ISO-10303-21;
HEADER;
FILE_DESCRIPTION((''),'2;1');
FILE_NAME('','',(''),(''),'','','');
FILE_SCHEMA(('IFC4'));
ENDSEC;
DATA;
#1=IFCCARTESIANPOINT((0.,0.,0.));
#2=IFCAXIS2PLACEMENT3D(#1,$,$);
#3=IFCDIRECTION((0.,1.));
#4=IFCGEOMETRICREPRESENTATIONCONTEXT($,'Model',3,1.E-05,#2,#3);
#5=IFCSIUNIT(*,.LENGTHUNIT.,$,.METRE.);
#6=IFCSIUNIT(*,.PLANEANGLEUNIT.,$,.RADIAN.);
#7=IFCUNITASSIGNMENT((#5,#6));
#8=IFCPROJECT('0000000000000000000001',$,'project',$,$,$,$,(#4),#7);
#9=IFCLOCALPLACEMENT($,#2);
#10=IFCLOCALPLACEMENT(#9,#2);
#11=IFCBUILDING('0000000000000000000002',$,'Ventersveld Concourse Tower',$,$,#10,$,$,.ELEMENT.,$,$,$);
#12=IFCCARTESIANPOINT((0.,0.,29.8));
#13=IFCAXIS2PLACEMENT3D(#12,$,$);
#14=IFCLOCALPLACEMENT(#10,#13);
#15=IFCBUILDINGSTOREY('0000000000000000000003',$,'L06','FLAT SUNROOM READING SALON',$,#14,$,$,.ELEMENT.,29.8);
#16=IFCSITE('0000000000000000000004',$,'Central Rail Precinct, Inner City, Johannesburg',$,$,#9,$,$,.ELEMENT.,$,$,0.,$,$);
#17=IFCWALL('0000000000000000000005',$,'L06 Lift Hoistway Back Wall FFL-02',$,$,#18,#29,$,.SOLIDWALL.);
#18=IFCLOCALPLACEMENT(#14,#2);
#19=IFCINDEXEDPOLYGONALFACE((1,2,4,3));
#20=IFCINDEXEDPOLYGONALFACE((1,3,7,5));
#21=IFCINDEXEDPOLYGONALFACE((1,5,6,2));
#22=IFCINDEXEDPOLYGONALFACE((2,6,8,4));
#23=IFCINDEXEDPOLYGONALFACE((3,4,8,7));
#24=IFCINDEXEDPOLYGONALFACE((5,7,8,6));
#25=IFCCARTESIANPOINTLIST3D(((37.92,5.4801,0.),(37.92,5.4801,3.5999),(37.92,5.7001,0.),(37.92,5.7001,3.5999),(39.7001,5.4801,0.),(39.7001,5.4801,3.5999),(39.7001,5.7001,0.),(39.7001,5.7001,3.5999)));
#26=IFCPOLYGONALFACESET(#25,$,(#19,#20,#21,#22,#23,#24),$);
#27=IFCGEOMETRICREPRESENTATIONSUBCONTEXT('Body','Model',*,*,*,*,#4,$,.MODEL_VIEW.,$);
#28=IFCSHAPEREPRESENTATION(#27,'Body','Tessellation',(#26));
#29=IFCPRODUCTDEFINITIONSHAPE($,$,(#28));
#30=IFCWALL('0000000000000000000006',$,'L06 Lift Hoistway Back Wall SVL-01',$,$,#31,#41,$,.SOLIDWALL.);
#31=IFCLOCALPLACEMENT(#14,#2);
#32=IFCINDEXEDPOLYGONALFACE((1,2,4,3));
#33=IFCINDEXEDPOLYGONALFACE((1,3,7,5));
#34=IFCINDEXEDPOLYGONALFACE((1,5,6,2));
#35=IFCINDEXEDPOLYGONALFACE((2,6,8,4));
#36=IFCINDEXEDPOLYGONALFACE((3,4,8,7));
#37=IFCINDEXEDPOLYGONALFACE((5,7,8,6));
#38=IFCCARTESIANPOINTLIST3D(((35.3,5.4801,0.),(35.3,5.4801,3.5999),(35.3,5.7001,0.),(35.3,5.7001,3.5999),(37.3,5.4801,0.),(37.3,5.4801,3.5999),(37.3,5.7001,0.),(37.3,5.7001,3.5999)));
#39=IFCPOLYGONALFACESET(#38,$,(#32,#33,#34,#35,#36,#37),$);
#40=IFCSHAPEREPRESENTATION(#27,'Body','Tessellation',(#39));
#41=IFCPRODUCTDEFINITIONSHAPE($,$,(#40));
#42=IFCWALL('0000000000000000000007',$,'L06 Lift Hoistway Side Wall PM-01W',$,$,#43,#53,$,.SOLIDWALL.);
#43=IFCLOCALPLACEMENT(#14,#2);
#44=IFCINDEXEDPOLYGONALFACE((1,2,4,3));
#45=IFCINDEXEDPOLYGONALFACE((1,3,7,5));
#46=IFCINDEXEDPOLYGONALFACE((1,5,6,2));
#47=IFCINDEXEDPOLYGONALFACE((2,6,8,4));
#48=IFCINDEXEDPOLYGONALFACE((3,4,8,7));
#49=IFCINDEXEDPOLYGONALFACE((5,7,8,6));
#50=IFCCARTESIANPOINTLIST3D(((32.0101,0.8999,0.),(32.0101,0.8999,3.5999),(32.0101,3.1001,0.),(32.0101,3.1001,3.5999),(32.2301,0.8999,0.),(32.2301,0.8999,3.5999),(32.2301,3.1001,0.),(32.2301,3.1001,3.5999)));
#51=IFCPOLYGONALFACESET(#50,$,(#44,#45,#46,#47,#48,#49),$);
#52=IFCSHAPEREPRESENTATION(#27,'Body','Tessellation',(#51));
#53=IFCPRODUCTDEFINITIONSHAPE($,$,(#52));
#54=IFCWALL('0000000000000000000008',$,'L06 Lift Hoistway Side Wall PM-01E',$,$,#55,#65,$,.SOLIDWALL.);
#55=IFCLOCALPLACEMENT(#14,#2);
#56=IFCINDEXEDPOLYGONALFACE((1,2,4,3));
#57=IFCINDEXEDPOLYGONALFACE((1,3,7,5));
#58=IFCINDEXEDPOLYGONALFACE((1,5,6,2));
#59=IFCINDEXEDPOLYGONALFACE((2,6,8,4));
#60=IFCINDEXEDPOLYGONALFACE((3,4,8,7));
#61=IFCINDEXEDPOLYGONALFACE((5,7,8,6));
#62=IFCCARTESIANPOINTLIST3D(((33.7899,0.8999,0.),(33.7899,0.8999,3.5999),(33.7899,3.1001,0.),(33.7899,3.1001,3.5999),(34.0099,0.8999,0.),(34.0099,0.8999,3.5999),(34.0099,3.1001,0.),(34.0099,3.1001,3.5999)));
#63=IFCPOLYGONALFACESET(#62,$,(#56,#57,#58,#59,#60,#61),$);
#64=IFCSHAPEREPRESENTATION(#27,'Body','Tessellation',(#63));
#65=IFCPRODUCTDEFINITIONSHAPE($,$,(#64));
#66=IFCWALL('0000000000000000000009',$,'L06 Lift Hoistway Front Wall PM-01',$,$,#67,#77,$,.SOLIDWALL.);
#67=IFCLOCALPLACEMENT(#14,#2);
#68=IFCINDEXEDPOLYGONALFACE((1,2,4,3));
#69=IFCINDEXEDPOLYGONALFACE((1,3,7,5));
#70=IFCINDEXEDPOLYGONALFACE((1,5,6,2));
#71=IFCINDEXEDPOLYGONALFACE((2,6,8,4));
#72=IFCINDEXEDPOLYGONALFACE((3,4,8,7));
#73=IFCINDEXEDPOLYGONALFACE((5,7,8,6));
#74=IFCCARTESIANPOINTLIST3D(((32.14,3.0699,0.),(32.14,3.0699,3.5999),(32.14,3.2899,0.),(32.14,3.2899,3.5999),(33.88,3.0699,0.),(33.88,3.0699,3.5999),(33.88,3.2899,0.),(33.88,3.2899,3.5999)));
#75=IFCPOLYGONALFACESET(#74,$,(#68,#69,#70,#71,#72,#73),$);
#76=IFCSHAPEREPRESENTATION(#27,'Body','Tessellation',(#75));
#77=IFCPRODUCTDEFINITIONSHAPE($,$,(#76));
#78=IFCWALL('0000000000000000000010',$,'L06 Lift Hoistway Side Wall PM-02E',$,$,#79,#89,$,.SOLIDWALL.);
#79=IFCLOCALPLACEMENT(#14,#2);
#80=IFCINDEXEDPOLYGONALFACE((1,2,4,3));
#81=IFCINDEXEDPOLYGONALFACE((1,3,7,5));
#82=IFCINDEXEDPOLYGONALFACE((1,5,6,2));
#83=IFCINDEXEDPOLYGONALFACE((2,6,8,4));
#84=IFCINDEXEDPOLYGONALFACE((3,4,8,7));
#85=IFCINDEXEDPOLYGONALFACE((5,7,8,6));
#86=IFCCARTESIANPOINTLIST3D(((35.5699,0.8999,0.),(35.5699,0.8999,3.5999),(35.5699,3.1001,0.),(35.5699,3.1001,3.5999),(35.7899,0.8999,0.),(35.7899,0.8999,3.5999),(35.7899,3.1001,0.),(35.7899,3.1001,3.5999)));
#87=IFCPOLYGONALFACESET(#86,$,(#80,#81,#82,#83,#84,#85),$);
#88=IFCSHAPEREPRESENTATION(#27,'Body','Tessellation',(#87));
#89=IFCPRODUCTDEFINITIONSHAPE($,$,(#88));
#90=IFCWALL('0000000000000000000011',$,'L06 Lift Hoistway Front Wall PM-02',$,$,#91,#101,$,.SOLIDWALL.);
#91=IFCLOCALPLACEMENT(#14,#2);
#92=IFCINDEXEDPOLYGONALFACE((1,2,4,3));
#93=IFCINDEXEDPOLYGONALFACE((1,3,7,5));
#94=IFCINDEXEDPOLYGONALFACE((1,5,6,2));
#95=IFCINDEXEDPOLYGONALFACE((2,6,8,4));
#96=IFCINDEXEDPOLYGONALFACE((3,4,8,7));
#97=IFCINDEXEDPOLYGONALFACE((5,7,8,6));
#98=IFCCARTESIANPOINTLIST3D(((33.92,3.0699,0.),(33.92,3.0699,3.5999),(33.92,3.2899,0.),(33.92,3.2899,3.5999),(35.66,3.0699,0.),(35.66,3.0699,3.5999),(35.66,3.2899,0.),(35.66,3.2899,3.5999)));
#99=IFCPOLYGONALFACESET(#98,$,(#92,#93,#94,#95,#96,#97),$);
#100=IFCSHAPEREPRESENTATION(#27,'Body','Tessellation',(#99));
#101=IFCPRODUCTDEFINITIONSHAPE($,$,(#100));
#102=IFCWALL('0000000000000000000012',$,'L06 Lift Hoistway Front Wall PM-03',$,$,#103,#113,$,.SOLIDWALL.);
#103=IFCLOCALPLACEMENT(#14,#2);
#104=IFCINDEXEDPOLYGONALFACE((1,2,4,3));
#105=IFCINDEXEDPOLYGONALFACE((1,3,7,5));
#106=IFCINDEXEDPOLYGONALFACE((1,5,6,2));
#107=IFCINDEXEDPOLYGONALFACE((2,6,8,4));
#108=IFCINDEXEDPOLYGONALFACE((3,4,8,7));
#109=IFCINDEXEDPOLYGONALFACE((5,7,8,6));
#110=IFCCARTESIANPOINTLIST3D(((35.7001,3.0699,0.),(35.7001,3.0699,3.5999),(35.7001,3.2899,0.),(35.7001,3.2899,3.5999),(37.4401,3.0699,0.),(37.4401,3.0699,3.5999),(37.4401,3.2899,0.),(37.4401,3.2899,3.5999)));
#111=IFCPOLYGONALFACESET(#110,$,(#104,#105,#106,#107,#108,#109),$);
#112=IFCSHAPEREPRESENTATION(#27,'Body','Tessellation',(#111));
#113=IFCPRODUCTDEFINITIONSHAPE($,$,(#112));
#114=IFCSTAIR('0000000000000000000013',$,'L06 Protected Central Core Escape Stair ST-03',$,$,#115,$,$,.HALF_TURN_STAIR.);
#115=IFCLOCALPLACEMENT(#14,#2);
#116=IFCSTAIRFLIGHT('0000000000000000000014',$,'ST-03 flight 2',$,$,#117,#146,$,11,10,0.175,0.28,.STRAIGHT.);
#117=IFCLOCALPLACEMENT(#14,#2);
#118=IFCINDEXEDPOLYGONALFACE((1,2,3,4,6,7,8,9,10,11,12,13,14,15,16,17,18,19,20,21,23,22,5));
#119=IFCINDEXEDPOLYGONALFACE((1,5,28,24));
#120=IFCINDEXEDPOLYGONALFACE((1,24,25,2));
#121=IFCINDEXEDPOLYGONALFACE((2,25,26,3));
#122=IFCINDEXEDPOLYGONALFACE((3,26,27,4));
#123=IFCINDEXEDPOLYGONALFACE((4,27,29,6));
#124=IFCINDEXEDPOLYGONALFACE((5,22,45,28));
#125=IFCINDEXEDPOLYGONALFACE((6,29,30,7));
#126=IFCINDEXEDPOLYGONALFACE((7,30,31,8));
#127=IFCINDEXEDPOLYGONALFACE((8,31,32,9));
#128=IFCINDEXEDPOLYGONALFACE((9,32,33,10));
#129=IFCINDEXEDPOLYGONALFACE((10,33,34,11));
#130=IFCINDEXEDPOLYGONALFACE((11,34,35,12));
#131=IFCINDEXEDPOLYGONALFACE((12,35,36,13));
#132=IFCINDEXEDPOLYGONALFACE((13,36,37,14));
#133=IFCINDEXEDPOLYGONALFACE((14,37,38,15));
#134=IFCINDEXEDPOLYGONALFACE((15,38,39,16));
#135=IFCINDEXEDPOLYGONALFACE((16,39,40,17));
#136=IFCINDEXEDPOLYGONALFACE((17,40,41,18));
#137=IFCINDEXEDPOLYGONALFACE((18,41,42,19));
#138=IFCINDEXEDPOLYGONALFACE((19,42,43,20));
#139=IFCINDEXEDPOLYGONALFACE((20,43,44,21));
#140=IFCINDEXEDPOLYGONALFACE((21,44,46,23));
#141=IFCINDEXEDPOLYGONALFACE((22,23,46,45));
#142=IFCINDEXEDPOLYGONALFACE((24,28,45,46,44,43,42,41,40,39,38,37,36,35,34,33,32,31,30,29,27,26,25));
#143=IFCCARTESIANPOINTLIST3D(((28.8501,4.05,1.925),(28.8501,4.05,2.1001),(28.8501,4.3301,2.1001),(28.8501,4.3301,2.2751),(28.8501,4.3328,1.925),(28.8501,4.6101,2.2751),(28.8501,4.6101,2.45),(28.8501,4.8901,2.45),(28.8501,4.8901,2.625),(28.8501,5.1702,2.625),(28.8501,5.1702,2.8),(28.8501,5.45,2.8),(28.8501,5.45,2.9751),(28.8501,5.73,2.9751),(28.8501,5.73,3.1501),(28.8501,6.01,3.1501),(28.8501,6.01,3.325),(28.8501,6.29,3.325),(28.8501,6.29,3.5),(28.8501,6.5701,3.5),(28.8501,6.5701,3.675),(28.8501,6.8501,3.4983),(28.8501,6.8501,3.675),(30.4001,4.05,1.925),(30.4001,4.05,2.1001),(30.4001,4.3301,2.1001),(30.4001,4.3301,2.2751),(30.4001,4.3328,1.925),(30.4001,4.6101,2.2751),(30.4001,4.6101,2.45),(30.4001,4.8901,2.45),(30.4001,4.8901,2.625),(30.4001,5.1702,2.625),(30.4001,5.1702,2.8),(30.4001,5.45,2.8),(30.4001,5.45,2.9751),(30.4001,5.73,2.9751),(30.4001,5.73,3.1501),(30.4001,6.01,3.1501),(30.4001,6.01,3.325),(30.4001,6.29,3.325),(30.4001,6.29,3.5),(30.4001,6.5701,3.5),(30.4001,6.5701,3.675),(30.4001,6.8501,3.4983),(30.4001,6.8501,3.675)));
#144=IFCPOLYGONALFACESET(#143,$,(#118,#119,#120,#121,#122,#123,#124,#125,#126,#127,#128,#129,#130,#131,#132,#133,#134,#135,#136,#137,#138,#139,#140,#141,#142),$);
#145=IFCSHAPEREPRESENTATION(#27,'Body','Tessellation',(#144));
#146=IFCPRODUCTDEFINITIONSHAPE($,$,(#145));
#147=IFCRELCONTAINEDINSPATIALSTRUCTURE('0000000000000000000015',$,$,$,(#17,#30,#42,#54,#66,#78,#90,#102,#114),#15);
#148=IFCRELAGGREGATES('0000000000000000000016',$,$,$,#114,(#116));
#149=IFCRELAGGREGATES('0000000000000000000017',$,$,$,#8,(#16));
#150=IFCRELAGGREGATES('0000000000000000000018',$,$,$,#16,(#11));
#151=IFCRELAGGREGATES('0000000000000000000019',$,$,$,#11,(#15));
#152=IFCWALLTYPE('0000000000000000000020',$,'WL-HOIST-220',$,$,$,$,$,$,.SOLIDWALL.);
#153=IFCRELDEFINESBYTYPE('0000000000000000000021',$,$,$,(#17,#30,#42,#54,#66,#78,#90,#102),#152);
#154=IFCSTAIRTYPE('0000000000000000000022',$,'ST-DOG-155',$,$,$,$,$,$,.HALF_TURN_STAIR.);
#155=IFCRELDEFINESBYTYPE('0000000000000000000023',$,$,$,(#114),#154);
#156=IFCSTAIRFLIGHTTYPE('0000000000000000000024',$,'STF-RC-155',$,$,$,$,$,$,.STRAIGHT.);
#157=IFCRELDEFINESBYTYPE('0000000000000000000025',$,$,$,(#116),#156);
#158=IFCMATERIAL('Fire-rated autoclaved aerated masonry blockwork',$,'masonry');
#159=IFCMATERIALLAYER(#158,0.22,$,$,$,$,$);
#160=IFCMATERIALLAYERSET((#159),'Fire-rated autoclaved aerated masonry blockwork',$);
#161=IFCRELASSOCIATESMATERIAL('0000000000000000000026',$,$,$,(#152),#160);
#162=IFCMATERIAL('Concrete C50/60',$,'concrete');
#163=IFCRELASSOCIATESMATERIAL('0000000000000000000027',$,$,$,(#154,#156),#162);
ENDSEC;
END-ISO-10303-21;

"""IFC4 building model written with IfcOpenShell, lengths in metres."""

from ifc_helpers import new_model, si_unit, direction, frame, frame_2d, origin, place, context, subcontext, project, spatial, polyline, rectangle, outline, extrude, material, layer, layer_set, type_object, element, aggregate, save


model = new_model("IFC4")

# Units and contexts
model_context = context("Model", 3, precision=1e-05, world=origin(), true_north=direction((0.0, 1.0)))
body_context = subcontext(model_context, "Body", "Model", "MODEL_VIEW")
ifc_project = project(units=[si_unit("LENGTHUNIT", "METRE"), si_unit("PLANEANGLEUNIT", "RADIAN")], contexts=[model_context])

# Site, building, storey
site_placement = place(None, origin())
site = spatial("IfcSite", under=ifc_project, at=site_placement, Name="Central Rail Precinct, Inner City, Johannesburg", CompositionType="ELEMENT", RefElevation=0.0)
building_placement = place(site_placement, origin())
building = spatial("IfcBuilding", under=site, at=building_placement, Name="Ventersveld Concourse Tower", CompositionType="ELEMENT")
storey_placement = place(building_placement, frame((0.0, 0.0, 29.8)))
storey = spatial("IfcBuildingStorey", under=building, at=storey_placement, Name="L06", Description="FLAT SUNROOM READING SALON", CompositionType="ELEMENT", Elevation=29.8)

# Shared definitions
ifc_material_1 = material(Name="Concrete C50/60", Category="concrete")

# Walls
ifc_material_2 = material(Name="Fire-rated autoclaved aerated masonry blockwork", Category="masonry")
ifc_layer_1 = layer(ifc_material_2, 0.22)
ifc_layer_set_1 = layer_set([ifc_layer_1], Name="Fire-rated autoclaved aerated masonry blockwork")
wall_type_1 = type_object("IfcWallType", Name="WL-HOIST-220", PredefinedType="SOLIDWALL", material=ifc_layer_set_1)
wall_1_placement = place(storey_placement, frame((37.9199, 5.5901, 0.0), z_axis=(0.0, 0.0, 1.0), x_axis=(1.0, 0.0, 0.0)))
element("IfcWall", 1, at=wall_1_placement, inside=storey, type_object=wall_type_1, Name="L06 Lift Hoistway Back Wall FFL-02", PredefinedType="SOLIDWALL", context=body_context, shape_type="SweptSolid", body=[
    extrude(rectangle(XDim=1.78, YDim=0.22, at=frame_2d((0.8901, 0.0))), origin(), (0.0, 0.0, 1.0), 3.5999),
])
wall_2_placement = place(storey_placement, frame((35.3, 5.5901, 0.0), z_axis=(0.0, 0.0, 1.0), x_axis=(1.0, 0.0, 0.0)))
element("IfcWall", 2, at=wall_2_placement, inside=storey, type_object=wall_type_1, Name="L06 Lift Hoistway Back Wall SVL-01", PredefinedType="SOLIDWALL", context=body_context, shape_type="SweptSolid", body=[
    extrude(rectangle(XDim=2.0, YDim=0.22, at=frame_2d((1.0, 0.0))), origin(), (0.0, 0.0, 1.0), 3.5999),
])
for number, where, z_axis, x_axis, name in (
    (3, (32.1201, 0.8999, 0.0), (0.0, 0.0, 1.0), (0.0, 1.0, 0.0), "L06 Lift Hoistway Side Wall PM-01W"),
    (4, (33.8999, 0.8999, 0.0), (0.0, 0.0, 1.0), (0.0, 1.0, 0.0), "L06 Lift Hoistway Side Wall PM-01E"),
):
    element("IfcWall", number, at=place(storey_placement, frame(where, z_axis=z_axis, x_axis=x_axis)), inside=storey, type_object=wall_type_1, Name=name, PredefinedType="SOLIDWALL", context=body_context, shape_type="SweptSolid", body=[
        extrude(rectangle(XDim=2.2002, YDim=0.22, at=frame_2d((1.1001, 0.0))), origin(), (0.0, 0.0, 1.0), 3.5999),
    ])
wall_3_placement = place(storey_placement, frame((32.1399, 3.1799, 0.0), z_axis=(0.0, 0.0, 1.0), x_axis=(1.0, 0.0, 0.0)))
element("IfcWall", 5, at=wall_3_placement, inside=storey, type_object=wall_type_1, Name="L06 Lift Hoistway Front Wall PM-01", PredefinedType="SOLIDWALL", context=body_context, shape_type="SweptSolid", body=[
    extrude(rectangle(XDim=1.74, YDim=0.22, at=frame_2d((0.8701, 0.0))), origin(), (0.0, 0.0, 1.0), 3.5999),
])
wall_4_placement = place(storey_placement, frame((35.6799, 0.8999, 0.0), z_axis=(0.0, 0.0, 1.0), x_axis=(0.0, 1.0, 0.0)))
element("IfcWall", 6, at=wall_4_placement, inside=storey, type_object=wall_type_1, Name="L06 Lift Hoistway Side Wall PM-02E", PredefinedType="SOLIDWALL", context=body_context, shape_type="SweptSolid", body=[
    extrude(rectangle(XDim=2.2002, YDim=0.22, at=frame_2d((1.1001, 0.0))), origin(), (0.0, 0.0, 1.0), 3.5999),
])
for number, where, z_axis, x_axis, name in (
    (7, (33.9199, 3.1799, 0.0), (0.0, 0.0, 1.0), (1.0, 0.0, 0.0), "L06 Lift Hoistway Front Wall PM-02"),
    (8, (35.7, 3.1799, 0.0), (0.0, 0.0, 1.0), (1.0, 0.0, 0.0), "L06 Lift Hoistway Front Wall PM-03"),
):
    element("IfcWall", number, at=place(storey_placement, frame(where, z_axis=z_axis, x_axis=x_axis)), inside=storey, type_object=wall_type_1, Name=name, PredefinedType="SOLIDWALL", context=body_context, shape_type="SweptSolid", body=[
        extrude(rectangle(XDim=1.74, YDim=0.22, at=frame_2d((0.8701, 0.0))), origin(), (0.0, 0.0, 1.0), 3.5999),
    ])

# Stair, stair flight
stair_type = type_object("IfcStairType", Name="ST-DOG-155", PredefinedType="HALF_TURN_STAIR", material=ifc_material_1)
stair_placement = place(storey_placement, origin())
stair = element("IfcStair", 9, at=stair_placement, inside=storey, type_object=stair_type, Name="L06 Protected Central Core Escape Stair ST-03", PredefinedType="HALF_TURN_STAIR")
stair_flight_type = type_object("IfcStairFlightType", Name="STF-RC-155", PredefinedType="STRAIGHT", material=ifc_material_1)
stair_flight_placement = place(storey_placement, frame((29.625, 4.05, 1.925), z_axis=(0.0, 0.0, 1.0), x_axis=(0.0, 1.0, 0.0)))
stair_flight = element("IfcStairFlight", 10, at=stair_flight_placement, type_object=stair_flight_type, Name="ST-03 flight 2", NumberOfRisers=11, NumberOfTreads=10, PredefinedType="STRAIGHT", RiserHeight=0.175, TreadLength=0.28, context=body_context, shape_type="SweptSolid", body=[
    extrude(outline(polyline([(0.0, 0.0), (0.0, 0.175), (0.28, 0.175), (0.28, 0.3501), (0.5601, 0.3501), (0.5601, 0.5249), (0.8401, 0.5249), (0.8401, 0.7), (1.1201, 0.7), (1.1201, 0.875), (1.3999, 0.875), (1.3999, 1.05), (1.6799, 1.05), (1.6799, 1.2251), (1.96, 1.2251), (1.96, 1.3999), (2.24, 1.3999), (2.24, 1.575), (2.52, 1.575), (2.52, 1.75), (2.8, 1.75), (2.8, 1.925), (2.8, 1.5732), (0.2827, 0.0), (0.0, 0.0)])), frame((0.0, 0.7749, 0.0), z_axis=(0.0, -1.0, 0.0), x_axis=(1.0, 0.0, 0.0)), (0.0, 0.0, 1.0), 1.55),
])
aggregate(stair, [stair_flight])

save(model, "model.ifc")
